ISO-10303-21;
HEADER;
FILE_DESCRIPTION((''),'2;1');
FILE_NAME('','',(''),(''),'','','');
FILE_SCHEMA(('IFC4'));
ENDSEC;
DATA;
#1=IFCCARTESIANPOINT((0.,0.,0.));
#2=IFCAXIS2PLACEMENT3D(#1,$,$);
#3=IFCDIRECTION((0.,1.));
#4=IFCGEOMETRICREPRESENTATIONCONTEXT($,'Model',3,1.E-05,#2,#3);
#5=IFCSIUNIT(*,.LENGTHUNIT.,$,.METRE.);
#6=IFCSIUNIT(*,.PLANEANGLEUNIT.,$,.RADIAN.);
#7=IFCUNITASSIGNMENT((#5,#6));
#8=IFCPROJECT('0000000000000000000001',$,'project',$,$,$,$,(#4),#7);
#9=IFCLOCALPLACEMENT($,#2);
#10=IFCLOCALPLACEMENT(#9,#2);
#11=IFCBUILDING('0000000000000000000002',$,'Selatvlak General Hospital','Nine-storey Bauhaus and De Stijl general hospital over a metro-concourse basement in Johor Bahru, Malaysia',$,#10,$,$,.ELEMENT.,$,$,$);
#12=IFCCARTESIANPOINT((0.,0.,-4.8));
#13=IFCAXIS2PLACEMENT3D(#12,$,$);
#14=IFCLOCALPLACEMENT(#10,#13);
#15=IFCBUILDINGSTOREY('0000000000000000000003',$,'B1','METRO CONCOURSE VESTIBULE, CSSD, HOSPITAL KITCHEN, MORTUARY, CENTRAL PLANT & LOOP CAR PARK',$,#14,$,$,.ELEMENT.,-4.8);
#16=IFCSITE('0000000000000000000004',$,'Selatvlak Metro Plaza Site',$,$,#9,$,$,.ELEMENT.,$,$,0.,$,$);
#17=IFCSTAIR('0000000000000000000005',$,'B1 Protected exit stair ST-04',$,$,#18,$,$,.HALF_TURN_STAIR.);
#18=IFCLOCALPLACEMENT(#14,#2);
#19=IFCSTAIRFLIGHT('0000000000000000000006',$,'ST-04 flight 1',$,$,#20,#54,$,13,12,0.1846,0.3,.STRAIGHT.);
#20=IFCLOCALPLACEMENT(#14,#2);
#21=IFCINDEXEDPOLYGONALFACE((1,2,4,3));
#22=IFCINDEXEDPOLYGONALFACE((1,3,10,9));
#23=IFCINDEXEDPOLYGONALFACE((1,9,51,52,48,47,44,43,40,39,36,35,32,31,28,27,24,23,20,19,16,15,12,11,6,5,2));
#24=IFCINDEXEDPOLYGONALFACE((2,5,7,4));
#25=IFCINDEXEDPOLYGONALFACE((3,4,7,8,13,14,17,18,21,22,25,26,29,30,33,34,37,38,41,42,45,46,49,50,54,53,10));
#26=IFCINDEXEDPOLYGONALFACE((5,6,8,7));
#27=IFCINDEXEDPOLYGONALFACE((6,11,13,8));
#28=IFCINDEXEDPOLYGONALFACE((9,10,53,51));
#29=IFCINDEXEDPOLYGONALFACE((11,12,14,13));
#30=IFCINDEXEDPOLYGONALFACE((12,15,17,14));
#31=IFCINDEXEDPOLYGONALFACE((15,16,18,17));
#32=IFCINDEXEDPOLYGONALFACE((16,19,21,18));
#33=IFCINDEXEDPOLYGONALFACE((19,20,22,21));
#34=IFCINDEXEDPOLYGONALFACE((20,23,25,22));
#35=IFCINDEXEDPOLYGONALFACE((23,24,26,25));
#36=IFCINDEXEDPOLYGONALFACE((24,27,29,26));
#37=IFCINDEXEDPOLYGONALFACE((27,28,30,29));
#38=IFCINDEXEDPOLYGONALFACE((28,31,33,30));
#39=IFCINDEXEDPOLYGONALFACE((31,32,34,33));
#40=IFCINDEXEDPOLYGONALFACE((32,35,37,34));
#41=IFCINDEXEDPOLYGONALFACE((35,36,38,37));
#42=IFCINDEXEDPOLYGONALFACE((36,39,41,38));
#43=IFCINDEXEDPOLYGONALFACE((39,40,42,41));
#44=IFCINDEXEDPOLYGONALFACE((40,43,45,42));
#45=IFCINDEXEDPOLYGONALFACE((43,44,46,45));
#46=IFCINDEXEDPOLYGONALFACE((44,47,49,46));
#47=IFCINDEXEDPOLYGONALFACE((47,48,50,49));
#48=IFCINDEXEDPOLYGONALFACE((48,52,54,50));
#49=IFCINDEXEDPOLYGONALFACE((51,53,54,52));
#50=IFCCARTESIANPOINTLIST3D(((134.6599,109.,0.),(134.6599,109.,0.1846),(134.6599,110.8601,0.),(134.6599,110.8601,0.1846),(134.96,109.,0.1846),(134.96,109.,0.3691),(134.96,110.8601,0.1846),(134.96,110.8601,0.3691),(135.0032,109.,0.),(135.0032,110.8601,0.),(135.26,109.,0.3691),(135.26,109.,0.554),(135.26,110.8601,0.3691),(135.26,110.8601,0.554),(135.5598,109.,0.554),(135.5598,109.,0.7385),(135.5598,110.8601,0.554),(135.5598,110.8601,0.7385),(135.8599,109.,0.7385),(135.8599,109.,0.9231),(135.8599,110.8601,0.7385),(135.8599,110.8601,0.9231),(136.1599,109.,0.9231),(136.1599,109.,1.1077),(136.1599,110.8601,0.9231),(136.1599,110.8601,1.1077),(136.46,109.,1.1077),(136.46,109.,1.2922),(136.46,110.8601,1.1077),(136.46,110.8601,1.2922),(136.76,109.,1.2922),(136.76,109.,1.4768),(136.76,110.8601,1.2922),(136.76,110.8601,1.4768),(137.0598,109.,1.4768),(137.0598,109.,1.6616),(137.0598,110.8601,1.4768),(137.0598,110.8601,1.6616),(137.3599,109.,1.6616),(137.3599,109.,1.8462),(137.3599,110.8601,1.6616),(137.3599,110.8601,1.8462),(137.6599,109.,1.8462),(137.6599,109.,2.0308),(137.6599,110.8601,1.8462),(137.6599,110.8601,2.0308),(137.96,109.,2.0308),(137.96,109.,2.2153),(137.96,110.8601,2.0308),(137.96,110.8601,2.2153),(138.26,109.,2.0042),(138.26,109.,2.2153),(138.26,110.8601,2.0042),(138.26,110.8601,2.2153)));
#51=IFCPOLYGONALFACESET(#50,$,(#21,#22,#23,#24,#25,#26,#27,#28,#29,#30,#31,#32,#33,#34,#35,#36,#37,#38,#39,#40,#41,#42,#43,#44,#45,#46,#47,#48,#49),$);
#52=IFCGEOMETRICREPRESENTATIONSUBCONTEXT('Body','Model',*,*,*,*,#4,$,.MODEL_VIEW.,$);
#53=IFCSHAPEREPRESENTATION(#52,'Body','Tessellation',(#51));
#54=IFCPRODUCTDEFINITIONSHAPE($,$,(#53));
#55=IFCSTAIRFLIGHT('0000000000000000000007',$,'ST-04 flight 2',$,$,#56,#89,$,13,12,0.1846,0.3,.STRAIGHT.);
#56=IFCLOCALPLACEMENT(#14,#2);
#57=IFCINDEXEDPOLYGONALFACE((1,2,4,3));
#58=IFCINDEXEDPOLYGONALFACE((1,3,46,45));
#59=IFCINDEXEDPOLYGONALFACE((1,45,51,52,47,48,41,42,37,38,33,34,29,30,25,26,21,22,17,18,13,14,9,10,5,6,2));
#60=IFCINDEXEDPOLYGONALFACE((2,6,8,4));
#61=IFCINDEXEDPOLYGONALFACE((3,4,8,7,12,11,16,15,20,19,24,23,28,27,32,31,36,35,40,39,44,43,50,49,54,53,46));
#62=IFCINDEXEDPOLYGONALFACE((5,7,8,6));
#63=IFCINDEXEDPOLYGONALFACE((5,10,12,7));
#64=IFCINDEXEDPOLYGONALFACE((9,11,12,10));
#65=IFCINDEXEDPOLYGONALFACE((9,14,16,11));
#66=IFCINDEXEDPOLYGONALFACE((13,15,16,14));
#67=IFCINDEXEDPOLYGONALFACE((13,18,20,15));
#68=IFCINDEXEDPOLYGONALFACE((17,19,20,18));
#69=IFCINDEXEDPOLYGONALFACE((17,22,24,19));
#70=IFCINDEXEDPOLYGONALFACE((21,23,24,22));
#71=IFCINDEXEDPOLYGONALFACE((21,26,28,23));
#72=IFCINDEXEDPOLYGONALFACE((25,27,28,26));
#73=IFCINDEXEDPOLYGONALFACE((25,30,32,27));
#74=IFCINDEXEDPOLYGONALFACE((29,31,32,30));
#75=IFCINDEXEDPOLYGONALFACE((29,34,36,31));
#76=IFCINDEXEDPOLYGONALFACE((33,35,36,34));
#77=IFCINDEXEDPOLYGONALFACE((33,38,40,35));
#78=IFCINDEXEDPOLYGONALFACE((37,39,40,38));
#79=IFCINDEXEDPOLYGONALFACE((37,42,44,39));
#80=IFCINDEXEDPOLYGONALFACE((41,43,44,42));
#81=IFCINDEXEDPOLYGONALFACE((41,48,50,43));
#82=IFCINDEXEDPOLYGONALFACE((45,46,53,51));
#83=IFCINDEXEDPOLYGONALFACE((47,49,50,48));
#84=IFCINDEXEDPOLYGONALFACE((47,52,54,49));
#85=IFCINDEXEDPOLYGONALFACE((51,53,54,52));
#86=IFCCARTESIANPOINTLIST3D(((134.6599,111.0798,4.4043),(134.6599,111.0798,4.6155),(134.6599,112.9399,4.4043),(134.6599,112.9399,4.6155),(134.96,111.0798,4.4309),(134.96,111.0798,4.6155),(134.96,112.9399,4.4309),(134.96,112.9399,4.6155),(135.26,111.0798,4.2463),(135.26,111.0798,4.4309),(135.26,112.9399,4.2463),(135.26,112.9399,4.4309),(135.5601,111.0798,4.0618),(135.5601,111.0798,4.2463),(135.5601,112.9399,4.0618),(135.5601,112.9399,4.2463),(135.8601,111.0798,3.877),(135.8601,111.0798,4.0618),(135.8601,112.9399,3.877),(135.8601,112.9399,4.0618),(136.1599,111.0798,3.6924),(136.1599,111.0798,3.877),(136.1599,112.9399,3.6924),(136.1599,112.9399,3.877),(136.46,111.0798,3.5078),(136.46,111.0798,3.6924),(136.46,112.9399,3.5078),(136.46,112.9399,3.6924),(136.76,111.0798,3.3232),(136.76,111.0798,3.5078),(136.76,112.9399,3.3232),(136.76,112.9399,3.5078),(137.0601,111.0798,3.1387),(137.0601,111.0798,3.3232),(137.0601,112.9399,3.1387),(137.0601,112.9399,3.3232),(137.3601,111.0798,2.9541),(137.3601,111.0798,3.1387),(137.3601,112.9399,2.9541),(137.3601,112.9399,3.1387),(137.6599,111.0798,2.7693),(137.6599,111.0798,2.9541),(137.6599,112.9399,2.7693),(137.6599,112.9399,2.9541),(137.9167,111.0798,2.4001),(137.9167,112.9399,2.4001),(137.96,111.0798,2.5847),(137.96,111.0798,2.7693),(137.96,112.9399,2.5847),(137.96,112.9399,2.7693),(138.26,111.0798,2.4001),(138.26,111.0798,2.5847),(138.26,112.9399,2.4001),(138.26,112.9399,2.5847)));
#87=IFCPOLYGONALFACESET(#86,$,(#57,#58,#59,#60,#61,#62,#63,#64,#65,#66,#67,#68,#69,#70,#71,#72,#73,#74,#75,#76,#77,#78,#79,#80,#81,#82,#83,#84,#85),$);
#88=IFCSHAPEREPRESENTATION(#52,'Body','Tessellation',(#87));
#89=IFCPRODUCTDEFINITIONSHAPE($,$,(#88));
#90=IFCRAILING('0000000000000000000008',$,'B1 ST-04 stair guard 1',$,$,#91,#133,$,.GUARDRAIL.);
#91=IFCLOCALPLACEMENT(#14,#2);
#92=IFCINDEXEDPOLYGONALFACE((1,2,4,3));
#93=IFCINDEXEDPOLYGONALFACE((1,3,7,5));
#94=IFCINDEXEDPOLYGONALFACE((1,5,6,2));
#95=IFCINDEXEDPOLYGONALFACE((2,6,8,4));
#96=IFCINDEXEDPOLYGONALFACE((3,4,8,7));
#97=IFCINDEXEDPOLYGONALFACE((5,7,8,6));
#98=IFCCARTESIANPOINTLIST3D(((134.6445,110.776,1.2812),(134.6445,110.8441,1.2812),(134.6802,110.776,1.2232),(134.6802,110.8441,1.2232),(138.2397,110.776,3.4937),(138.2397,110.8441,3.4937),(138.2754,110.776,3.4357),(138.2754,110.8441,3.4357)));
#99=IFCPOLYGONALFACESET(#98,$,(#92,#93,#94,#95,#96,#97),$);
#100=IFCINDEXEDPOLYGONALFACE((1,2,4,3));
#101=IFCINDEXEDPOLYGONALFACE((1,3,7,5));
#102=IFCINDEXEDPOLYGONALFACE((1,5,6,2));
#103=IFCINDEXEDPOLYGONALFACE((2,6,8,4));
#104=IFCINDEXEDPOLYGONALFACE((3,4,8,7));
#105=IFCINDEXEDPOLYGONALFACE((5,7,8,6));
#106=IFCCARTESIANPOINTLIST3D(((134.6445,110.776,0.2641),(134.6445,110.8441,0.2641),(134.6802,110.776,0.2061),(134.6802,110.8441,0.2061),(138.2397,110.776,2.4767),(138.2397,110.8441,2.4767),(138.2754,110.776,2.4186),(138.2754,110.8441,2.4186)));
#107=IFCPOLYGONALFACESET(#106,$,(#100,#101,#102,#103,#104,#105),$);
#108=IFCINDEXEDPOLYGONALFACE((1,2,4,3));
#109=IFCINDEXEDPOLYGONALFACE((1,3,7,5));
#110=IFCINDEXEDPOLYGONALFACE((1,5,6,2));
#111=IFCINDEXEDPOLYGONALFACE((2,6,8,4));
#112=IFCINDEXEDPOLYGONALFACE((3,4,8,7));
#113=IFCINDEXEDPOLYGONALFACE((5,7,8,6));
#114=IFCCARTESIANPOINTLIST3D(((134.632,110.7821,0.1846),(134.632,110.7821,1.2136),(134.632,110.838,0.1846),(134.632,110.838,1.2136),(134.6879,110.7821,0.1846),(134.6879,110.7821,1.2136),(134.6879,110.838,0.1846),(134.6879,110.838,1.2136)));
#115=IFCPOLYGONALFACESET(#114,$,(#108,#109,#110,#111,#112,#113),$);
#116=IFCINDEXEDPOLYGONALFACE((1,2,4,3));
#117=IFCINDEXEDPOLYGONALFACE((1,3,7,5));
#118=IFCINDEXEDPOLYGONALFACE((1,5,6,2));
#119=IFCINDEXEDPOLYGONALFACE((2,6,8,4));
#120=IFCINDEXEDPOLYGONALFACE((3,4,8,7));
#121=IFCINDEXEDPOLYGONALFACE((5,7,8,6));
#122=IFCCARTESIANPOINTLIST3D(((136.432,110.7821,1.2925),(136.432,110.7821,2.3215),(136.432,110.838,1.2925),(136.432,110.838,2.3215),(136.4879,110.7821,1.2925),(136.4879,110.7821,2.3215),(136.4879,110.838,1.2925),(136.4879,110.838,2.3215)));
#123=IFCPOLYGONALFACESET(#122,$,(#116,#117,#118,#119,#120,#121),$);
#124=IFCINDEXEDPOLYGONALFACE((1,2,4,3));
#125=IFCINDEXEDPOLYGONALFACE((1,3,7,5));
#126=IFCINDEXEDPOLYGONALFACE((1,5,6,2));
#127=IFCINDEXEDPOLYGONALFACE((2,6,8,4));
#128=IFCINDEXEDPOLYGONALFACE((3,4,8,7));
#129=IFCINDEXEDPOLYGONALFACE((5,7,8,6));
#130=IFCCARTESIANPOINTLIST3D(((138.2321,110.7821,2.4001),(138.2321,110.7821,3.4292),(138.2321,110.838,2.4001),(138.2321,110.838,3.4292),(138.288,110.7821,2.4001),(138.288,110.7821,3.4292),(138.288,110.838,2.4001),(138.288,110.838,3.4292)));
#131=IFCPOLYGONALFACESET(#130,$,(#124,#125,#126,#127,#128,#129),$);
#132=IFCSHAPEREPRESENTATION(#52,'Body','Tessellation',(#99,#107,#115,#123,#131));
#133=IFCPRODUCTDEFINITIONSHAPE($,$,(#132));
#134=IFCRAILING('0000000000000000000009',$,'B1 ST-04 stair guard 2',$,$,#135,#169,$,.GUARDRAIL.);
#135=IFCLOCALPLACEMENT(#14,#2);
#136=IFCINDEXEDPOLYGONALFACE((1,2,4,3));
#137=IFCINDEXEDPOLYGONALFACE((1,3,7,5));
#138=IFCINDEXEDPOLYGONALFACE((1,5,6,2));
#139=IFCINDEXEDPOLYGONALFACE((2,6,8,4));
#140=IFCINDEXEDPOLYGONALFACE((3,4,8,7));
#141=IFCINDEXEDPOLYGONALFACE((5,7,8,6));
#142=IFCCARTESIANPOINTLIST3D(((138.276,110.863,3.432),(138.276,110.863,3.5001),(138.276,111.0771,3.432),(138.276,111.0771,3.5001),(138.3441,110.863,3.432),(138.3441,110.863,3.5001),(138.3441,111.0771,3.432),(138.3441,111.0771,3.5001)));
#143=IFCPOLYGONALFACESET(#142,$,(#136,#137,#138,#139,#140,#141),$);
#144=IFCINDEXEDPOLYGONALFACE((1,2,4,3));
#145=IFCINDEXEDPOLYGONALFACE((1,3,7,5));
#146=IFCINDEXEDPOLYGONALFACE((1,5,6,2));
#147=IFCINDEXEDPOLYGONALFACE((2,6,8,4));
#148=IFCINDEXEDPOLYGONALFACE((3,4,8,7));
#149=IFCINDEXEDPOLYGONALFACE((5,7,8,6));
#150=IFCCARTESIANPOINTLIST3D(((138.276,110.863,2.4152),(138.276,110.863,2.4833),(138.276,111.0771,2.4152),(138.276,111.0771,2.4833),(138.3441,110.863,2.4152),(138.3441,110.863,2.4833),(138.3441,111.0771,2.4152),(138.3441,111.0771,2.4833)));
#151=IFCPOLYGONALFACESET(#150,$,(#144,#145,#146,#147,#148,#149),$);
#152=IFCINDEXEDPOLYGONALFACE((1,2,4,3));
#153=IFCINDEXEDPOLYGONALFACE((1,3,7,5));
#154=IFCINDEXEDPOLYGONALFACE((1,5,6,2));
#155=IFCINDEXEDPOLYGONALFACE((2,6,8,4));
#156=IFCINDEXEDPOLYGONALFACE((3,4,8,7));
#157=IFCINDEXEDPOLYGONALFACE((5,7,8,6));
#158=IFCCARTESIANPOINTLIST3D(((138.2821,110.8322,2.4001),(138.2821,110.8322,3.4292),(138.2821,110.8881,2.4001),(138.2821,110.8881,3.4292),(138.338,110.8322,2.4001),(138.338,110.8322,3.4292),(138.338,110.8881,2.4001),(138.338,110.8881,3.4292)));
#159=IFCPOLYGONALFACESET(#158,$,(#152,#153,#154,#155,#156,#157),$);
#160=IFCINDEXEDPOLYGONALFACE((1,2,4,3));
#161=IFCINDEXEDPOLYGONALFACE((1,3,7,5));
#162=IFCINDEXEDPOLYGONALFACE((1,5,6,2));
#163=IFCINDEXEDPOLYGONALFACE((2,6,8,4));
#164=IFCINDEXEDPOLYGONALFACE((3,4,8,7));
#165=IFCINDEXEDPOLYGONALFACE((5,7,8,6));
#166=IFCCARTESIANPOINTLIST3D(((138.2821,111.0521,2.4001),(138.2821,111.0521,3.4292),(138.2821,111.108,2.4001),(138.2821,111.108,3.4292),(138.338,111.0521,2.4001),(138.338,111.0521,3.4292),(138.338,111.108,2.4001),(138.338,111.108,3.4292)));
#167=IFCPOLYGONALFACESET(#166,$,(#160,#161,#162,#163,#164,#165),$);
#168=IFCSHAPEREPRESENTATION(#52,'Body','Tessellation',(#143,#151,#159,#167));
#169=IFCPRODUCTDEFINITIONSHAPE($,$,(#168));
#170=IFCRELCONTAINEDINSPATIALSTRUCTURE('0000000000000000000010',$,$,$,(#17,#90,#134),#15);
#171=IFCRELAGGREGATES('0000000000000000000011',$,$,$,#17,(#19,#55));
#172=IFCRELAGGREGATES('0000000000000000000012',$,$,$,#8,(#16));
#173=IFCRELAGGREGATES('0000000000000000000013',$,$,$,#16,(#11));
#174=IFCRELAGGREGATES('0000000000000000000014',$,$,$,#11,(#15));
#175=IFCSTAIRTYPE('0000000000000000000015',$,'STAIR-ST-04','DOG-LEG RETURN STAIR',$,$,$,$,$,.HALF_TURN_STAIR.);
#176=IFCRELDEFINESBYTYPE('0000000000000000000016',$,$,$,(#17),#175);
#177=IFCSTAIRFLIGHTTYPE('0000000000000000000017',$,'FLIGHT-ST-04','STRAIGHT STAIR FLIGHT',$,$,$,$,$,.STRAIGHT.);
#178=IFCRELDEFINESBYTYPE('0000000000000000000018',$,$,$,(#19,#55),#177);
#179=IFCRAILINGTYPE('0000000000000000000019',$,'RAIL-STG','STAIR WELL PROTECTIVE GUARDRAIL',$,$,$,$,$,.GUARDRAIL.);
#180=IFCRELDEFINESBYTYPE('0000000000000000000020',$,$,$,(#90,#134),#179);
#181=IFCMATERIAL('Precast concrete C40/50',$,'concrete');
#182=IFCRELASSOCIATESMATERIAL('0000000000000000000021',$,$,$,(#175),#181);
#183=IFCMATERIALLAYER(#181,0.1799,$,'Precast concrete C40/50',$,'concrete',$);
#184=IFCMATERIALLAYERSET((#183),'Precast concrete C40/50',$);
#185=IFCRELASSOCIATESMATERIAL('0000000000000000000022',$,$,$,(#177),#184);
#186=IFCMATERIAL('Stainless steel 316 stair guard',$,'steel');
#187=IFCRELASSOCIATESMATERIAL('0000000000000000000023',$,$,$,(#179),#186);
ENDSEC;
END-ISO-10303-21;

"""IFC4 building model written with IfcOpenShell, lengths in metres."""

from ifc_helpers import new_model, si_unit, direction, frame, origin, origin_2d, place, context, subcontext, project, spatial, polyline, rectangle, outline, extrude, material, layer, layer_set, type_object, element, aggregate, save


model = new_model("IFC4")

# Units and contexts
model_context = context("Model", 3, precision=1e-05, world=origin(), true_north=direction((0.0, 1.0)))
body_context = subcontext(model_context, "Body", "Model", "MODEL_VIEW")
ifc_project = project(units=[si_unit("LENGTHUNIT", "METRE"), si_unit("PLANEANGLEUNIT", "RADIAN")], contexts=[model_context])

# Site, building, storey
site_placement = place(None, origin())
site = spatial("IfcSite", under=ifc_project, at=site_placement, Name="Selatvlak Metro Plaza Site", CompositionType="ELEMENT", RefElevation=0.0)
building_placement = place(site_placement, origin())
building = spatial("IfcBuilding", under=site, at=building_placement, Name="Selatvlak General Hospital", Description="Nine-storey Bauhaus and De Stijl general hospital over a metro-concourse basement in Johor Bahru, Malaysia", CompositionType="ELEMENT")
storey_placement = place(building_placement, frame((0.0, 0.0, -4.8)))
storey = spatial("IfcBuildingStorey", under=building, at=storey_placement, Name="B1", Description="METRO CONCOURSE VESTIBULE, CSSD, HOSPITAL KITCHEN, MORTUARY, CENTRAL PLANT & LOOP CAR PARK", CompositionType="ELEMENT", Elevation=-4.8)

# Stair, stair flights
ifc_material_1 = material(Name="Precast concrete C40/50", Category="concrete")
stair_type = type_object("IfcStairType", Name="STAIR-ST-04", Description="DOG-LEG RETURN STAIR", PredefinedType="HALF_TURN_STAIR", material=ifc_material_1)
stair_placement = place(storey_placement, origin())
stair = element("IfcStair", 1, at=stair_placement, inside=storey, type_object=stair_type, Name="B1 Protected exit stair ST-04", PredefinedType="HALF_TURN_STAIR")
ifc_layer_1 = layer(ifc_material_1, 0.1799, Name="Precast concrete C40/50", Category="concrete")
ifc_layer_set_1 = layer_set([ifc_layer_1], Name="Precast concrete C40/50")
stair_flight_type = type_object("IfcStairFlightType", Name="FLIGHT-ST-04", Description="STRAIGHT STAIR FLIGHT", PredefinedType="STRAIGHT", material=ifc_layer_set_1)
stair_flight_1_placement = place(storey_placement, frame((134.6599, 109.9299, 0.0), z_axis=(0.0, 0.0, 1.0), x_axis=(1.0, 0.0, 0.0)))
stair_flight_1 = element("IfcStairFlight", 2, at=stair_flight_1_placement, type_object=stair_flight_type, Name="ST-04 flight 1", NumberOfRisers=13, NumberOfTreads=12, PredefinedType="STRAIGHT", RiserHeight=0.1846, TreadLength=0.3, context=body_context, shape_type="SweptSolid", body=[
    extrude(outline(polyline([(0.0, 0.0), (0.0, 0.1846), (0.3, 0.1846), (0.3, 0.3691), (0.6001, 0.3691), (0.6001, 0.554), (0.8999, 0.554), (0.8999, 0.7385), (1.2, 0.7385), (1.2, 0.9231), (1.5, 0.9231), (1.5, 1.1077), (1.8, 1.1077), (1.8, 1.2922), (2.1001, 1.2922), (2.1001, 1.4768), (2.3999, 1.4768), (2.3999, 1.6616), (2.7, 1.6616), (2.7, 1.8462), (3.0, 1.8462), (3.0, 2.0308), (3.3, 2.0308), (3.3, 2.2153), (3.6001, 2.2153), (3.6001, 2.3999), (3.6001, 2.0042), (0.3433, 0.0), (0.0, 0.0)])), frame((0.0, 0.9302, 0.0), z_axis=(0.0, -1.0, 0.0), x_axis=(1.0, 0.0, 0.0)), (0.0, 0.0, 1.0), 1.8601),
])
stair_flight_2_placement = place(storey_placement, frame((138.26, 112.01, 2.4001), z_axis=(0.0, 0.0, 1.0), x_axis=(-1.0, 0.0, 0.0)))
stair_flight_2 = element("IfcStairFlight", 3, at=stair_flight_2_placement, type_object=stair_flight_type, Name="ST-04 flight 2", NumberOfRisers=13, NumberOfTreads=12, PredefinedType="STRAIGHT", RiserHeight=0.1846, TreadLength=0.3, context=body_context, shape_type="SweptSolid", body=[
    extrude(outline(polyline([(0.0, 0.0), (0.0, 0.1846), (0.3, 0.1846), (0.3, 0.3691), (0.6001, 0.3691), (0.6001, 0.554), (0.8999, 0.554), (0.8999, 0.7385), (1.2, 0.7385), (1.2, 0.9231), (1.5, 0.9231), (1.5, 1.1077), (1.8, 1.1077), (1.8, 1.2922), (2.1001, 1.2922), (2.1001, 1.4768), (2.3999, 1.4768), (2.3999, 1.6616), (2.7, 1.6616), (2.7, 1.8462), (3.0, 1.8462), (3.0, 2.0308), (3.3, 2.0308), (3.3, 2.2153), (3.6001, 2.2153), (3.6001, 2.3999), (3.6001, 2.0042), (0.3433, 0.0), (0.0, 0.0)])), frame((0.0, 0.9302, 0.0), z_axis=(0.0, -1.0, 0.0), x_axis=(1.0, 0.0, 0.0)), (0.0, 0.0, 1.0), 1.8601),
])
aggregate(stair, [stair_flight_1, stair_flight_2])

# Railings
ifc_material_2 = material(Name="Stainless steel 316 stair guard", Category="steel")
railing_type_1 = type_object("IfcRailingType", Name="RAIL-STG", Description="STAIR WELL PROTECTIVE GUARDRAIL", PredefinedType="GUARDRAIL", material=ifc_material_2)
railing_1_placement = place(storey_placement, frame((134.6599, 110.8101, 0.1846)))
element("IfcRailing", 4, at=railing_1_placement, inside=storey, type_object=railing_type_1, Name="B1 ST-04 stair guard 1", PredefinedType="GUARDRAIL", context=body_context, shape_type="SweptSolid", body=[
    extrude(rectangle(XDim=0.0681, YDim=0.0681, at=origin_2d()), frame((0.0024, 0.0, 1.0676), z_axis=(0.851644, 0.0, 0.52412), x_axis=(0.0, 1.0, 0.0)), (0.0, 0.0, 1.0), 4.2214),
    extrude(rectangle(XDim=0.0681, YDim=0.0681, at=origin_2d()), frame((0.0024, 0.0, 0.0505), z_axis=(0.851644, 0.0, 0.52412), x_axis=(0.0, 1.0, 0.0)), (0.0, 0.0, 1.0), 4.2214),
    extrude(rectangle(XDim=0.0559, YDim=0.0559, at=origin_2d()), origin(), (0.0, 0.0, 1.0), 1.0291),
    extrude(rectangle(XDim=0.0559, YDim=0.0559, at=origin_2d()), frame((1.8, 0.0, 1.1079)), (0.0, 0.0, 1.0), 1.0291),
    extrude(rectangle(XDim=0.0559, YDim=0.0559, at=origin_2d()), frame((3.6001, 0.0, 2.2156)), (0.0, 0.0, 1.0), 1.0291),
])
railing_2_placement = place(storey_placement, frame((138.3101, 110.8601, 2.4001)))
element("IfcRailing", 5, at=railing_2_placement, inside=storey, type_object=railing_type_1, Name="B1 ST-04 stair guard 2", PredefinedType="GUARDRAIL", context=body_context, shape_type="SweptSolid", body=[
    extrude(rectangle(XDim=0.0681, YDim=0.0681, at=origin_2d()), frame((0.0, 0.0029, 1.0659), z_axis=(0.0, 1.0, 0.0), x_axis=(-1.0, 0.0, 0.0)), (0.0, 0.0, 1.0), 0.2141),
    extrude(rectangle(XDim=0.0681, YDim=0.0681, at=origin_2d()), frame((0.0, 0.0029, 0.0491), z_axis=(0.0, 1.0, 0.0), x_axis=(-1.0, 0.0, 0.0)), (0.0, 0.0, 1.0), 0.2141),
    extrude(rectangle(XDim=0.0559, YDim=0.0559, at=origin_2d()), origin(), (0.0, 0.0, 1.0), 1.0291),
    extrude(rectangle(XDim=0.0559, YDim=0.0559, at=origin_2d()), frame((0.0, 0.22, 0.0)), (0.0, 0.0, 1.0), 1.0291),
])

save(model, "model.ifc")
